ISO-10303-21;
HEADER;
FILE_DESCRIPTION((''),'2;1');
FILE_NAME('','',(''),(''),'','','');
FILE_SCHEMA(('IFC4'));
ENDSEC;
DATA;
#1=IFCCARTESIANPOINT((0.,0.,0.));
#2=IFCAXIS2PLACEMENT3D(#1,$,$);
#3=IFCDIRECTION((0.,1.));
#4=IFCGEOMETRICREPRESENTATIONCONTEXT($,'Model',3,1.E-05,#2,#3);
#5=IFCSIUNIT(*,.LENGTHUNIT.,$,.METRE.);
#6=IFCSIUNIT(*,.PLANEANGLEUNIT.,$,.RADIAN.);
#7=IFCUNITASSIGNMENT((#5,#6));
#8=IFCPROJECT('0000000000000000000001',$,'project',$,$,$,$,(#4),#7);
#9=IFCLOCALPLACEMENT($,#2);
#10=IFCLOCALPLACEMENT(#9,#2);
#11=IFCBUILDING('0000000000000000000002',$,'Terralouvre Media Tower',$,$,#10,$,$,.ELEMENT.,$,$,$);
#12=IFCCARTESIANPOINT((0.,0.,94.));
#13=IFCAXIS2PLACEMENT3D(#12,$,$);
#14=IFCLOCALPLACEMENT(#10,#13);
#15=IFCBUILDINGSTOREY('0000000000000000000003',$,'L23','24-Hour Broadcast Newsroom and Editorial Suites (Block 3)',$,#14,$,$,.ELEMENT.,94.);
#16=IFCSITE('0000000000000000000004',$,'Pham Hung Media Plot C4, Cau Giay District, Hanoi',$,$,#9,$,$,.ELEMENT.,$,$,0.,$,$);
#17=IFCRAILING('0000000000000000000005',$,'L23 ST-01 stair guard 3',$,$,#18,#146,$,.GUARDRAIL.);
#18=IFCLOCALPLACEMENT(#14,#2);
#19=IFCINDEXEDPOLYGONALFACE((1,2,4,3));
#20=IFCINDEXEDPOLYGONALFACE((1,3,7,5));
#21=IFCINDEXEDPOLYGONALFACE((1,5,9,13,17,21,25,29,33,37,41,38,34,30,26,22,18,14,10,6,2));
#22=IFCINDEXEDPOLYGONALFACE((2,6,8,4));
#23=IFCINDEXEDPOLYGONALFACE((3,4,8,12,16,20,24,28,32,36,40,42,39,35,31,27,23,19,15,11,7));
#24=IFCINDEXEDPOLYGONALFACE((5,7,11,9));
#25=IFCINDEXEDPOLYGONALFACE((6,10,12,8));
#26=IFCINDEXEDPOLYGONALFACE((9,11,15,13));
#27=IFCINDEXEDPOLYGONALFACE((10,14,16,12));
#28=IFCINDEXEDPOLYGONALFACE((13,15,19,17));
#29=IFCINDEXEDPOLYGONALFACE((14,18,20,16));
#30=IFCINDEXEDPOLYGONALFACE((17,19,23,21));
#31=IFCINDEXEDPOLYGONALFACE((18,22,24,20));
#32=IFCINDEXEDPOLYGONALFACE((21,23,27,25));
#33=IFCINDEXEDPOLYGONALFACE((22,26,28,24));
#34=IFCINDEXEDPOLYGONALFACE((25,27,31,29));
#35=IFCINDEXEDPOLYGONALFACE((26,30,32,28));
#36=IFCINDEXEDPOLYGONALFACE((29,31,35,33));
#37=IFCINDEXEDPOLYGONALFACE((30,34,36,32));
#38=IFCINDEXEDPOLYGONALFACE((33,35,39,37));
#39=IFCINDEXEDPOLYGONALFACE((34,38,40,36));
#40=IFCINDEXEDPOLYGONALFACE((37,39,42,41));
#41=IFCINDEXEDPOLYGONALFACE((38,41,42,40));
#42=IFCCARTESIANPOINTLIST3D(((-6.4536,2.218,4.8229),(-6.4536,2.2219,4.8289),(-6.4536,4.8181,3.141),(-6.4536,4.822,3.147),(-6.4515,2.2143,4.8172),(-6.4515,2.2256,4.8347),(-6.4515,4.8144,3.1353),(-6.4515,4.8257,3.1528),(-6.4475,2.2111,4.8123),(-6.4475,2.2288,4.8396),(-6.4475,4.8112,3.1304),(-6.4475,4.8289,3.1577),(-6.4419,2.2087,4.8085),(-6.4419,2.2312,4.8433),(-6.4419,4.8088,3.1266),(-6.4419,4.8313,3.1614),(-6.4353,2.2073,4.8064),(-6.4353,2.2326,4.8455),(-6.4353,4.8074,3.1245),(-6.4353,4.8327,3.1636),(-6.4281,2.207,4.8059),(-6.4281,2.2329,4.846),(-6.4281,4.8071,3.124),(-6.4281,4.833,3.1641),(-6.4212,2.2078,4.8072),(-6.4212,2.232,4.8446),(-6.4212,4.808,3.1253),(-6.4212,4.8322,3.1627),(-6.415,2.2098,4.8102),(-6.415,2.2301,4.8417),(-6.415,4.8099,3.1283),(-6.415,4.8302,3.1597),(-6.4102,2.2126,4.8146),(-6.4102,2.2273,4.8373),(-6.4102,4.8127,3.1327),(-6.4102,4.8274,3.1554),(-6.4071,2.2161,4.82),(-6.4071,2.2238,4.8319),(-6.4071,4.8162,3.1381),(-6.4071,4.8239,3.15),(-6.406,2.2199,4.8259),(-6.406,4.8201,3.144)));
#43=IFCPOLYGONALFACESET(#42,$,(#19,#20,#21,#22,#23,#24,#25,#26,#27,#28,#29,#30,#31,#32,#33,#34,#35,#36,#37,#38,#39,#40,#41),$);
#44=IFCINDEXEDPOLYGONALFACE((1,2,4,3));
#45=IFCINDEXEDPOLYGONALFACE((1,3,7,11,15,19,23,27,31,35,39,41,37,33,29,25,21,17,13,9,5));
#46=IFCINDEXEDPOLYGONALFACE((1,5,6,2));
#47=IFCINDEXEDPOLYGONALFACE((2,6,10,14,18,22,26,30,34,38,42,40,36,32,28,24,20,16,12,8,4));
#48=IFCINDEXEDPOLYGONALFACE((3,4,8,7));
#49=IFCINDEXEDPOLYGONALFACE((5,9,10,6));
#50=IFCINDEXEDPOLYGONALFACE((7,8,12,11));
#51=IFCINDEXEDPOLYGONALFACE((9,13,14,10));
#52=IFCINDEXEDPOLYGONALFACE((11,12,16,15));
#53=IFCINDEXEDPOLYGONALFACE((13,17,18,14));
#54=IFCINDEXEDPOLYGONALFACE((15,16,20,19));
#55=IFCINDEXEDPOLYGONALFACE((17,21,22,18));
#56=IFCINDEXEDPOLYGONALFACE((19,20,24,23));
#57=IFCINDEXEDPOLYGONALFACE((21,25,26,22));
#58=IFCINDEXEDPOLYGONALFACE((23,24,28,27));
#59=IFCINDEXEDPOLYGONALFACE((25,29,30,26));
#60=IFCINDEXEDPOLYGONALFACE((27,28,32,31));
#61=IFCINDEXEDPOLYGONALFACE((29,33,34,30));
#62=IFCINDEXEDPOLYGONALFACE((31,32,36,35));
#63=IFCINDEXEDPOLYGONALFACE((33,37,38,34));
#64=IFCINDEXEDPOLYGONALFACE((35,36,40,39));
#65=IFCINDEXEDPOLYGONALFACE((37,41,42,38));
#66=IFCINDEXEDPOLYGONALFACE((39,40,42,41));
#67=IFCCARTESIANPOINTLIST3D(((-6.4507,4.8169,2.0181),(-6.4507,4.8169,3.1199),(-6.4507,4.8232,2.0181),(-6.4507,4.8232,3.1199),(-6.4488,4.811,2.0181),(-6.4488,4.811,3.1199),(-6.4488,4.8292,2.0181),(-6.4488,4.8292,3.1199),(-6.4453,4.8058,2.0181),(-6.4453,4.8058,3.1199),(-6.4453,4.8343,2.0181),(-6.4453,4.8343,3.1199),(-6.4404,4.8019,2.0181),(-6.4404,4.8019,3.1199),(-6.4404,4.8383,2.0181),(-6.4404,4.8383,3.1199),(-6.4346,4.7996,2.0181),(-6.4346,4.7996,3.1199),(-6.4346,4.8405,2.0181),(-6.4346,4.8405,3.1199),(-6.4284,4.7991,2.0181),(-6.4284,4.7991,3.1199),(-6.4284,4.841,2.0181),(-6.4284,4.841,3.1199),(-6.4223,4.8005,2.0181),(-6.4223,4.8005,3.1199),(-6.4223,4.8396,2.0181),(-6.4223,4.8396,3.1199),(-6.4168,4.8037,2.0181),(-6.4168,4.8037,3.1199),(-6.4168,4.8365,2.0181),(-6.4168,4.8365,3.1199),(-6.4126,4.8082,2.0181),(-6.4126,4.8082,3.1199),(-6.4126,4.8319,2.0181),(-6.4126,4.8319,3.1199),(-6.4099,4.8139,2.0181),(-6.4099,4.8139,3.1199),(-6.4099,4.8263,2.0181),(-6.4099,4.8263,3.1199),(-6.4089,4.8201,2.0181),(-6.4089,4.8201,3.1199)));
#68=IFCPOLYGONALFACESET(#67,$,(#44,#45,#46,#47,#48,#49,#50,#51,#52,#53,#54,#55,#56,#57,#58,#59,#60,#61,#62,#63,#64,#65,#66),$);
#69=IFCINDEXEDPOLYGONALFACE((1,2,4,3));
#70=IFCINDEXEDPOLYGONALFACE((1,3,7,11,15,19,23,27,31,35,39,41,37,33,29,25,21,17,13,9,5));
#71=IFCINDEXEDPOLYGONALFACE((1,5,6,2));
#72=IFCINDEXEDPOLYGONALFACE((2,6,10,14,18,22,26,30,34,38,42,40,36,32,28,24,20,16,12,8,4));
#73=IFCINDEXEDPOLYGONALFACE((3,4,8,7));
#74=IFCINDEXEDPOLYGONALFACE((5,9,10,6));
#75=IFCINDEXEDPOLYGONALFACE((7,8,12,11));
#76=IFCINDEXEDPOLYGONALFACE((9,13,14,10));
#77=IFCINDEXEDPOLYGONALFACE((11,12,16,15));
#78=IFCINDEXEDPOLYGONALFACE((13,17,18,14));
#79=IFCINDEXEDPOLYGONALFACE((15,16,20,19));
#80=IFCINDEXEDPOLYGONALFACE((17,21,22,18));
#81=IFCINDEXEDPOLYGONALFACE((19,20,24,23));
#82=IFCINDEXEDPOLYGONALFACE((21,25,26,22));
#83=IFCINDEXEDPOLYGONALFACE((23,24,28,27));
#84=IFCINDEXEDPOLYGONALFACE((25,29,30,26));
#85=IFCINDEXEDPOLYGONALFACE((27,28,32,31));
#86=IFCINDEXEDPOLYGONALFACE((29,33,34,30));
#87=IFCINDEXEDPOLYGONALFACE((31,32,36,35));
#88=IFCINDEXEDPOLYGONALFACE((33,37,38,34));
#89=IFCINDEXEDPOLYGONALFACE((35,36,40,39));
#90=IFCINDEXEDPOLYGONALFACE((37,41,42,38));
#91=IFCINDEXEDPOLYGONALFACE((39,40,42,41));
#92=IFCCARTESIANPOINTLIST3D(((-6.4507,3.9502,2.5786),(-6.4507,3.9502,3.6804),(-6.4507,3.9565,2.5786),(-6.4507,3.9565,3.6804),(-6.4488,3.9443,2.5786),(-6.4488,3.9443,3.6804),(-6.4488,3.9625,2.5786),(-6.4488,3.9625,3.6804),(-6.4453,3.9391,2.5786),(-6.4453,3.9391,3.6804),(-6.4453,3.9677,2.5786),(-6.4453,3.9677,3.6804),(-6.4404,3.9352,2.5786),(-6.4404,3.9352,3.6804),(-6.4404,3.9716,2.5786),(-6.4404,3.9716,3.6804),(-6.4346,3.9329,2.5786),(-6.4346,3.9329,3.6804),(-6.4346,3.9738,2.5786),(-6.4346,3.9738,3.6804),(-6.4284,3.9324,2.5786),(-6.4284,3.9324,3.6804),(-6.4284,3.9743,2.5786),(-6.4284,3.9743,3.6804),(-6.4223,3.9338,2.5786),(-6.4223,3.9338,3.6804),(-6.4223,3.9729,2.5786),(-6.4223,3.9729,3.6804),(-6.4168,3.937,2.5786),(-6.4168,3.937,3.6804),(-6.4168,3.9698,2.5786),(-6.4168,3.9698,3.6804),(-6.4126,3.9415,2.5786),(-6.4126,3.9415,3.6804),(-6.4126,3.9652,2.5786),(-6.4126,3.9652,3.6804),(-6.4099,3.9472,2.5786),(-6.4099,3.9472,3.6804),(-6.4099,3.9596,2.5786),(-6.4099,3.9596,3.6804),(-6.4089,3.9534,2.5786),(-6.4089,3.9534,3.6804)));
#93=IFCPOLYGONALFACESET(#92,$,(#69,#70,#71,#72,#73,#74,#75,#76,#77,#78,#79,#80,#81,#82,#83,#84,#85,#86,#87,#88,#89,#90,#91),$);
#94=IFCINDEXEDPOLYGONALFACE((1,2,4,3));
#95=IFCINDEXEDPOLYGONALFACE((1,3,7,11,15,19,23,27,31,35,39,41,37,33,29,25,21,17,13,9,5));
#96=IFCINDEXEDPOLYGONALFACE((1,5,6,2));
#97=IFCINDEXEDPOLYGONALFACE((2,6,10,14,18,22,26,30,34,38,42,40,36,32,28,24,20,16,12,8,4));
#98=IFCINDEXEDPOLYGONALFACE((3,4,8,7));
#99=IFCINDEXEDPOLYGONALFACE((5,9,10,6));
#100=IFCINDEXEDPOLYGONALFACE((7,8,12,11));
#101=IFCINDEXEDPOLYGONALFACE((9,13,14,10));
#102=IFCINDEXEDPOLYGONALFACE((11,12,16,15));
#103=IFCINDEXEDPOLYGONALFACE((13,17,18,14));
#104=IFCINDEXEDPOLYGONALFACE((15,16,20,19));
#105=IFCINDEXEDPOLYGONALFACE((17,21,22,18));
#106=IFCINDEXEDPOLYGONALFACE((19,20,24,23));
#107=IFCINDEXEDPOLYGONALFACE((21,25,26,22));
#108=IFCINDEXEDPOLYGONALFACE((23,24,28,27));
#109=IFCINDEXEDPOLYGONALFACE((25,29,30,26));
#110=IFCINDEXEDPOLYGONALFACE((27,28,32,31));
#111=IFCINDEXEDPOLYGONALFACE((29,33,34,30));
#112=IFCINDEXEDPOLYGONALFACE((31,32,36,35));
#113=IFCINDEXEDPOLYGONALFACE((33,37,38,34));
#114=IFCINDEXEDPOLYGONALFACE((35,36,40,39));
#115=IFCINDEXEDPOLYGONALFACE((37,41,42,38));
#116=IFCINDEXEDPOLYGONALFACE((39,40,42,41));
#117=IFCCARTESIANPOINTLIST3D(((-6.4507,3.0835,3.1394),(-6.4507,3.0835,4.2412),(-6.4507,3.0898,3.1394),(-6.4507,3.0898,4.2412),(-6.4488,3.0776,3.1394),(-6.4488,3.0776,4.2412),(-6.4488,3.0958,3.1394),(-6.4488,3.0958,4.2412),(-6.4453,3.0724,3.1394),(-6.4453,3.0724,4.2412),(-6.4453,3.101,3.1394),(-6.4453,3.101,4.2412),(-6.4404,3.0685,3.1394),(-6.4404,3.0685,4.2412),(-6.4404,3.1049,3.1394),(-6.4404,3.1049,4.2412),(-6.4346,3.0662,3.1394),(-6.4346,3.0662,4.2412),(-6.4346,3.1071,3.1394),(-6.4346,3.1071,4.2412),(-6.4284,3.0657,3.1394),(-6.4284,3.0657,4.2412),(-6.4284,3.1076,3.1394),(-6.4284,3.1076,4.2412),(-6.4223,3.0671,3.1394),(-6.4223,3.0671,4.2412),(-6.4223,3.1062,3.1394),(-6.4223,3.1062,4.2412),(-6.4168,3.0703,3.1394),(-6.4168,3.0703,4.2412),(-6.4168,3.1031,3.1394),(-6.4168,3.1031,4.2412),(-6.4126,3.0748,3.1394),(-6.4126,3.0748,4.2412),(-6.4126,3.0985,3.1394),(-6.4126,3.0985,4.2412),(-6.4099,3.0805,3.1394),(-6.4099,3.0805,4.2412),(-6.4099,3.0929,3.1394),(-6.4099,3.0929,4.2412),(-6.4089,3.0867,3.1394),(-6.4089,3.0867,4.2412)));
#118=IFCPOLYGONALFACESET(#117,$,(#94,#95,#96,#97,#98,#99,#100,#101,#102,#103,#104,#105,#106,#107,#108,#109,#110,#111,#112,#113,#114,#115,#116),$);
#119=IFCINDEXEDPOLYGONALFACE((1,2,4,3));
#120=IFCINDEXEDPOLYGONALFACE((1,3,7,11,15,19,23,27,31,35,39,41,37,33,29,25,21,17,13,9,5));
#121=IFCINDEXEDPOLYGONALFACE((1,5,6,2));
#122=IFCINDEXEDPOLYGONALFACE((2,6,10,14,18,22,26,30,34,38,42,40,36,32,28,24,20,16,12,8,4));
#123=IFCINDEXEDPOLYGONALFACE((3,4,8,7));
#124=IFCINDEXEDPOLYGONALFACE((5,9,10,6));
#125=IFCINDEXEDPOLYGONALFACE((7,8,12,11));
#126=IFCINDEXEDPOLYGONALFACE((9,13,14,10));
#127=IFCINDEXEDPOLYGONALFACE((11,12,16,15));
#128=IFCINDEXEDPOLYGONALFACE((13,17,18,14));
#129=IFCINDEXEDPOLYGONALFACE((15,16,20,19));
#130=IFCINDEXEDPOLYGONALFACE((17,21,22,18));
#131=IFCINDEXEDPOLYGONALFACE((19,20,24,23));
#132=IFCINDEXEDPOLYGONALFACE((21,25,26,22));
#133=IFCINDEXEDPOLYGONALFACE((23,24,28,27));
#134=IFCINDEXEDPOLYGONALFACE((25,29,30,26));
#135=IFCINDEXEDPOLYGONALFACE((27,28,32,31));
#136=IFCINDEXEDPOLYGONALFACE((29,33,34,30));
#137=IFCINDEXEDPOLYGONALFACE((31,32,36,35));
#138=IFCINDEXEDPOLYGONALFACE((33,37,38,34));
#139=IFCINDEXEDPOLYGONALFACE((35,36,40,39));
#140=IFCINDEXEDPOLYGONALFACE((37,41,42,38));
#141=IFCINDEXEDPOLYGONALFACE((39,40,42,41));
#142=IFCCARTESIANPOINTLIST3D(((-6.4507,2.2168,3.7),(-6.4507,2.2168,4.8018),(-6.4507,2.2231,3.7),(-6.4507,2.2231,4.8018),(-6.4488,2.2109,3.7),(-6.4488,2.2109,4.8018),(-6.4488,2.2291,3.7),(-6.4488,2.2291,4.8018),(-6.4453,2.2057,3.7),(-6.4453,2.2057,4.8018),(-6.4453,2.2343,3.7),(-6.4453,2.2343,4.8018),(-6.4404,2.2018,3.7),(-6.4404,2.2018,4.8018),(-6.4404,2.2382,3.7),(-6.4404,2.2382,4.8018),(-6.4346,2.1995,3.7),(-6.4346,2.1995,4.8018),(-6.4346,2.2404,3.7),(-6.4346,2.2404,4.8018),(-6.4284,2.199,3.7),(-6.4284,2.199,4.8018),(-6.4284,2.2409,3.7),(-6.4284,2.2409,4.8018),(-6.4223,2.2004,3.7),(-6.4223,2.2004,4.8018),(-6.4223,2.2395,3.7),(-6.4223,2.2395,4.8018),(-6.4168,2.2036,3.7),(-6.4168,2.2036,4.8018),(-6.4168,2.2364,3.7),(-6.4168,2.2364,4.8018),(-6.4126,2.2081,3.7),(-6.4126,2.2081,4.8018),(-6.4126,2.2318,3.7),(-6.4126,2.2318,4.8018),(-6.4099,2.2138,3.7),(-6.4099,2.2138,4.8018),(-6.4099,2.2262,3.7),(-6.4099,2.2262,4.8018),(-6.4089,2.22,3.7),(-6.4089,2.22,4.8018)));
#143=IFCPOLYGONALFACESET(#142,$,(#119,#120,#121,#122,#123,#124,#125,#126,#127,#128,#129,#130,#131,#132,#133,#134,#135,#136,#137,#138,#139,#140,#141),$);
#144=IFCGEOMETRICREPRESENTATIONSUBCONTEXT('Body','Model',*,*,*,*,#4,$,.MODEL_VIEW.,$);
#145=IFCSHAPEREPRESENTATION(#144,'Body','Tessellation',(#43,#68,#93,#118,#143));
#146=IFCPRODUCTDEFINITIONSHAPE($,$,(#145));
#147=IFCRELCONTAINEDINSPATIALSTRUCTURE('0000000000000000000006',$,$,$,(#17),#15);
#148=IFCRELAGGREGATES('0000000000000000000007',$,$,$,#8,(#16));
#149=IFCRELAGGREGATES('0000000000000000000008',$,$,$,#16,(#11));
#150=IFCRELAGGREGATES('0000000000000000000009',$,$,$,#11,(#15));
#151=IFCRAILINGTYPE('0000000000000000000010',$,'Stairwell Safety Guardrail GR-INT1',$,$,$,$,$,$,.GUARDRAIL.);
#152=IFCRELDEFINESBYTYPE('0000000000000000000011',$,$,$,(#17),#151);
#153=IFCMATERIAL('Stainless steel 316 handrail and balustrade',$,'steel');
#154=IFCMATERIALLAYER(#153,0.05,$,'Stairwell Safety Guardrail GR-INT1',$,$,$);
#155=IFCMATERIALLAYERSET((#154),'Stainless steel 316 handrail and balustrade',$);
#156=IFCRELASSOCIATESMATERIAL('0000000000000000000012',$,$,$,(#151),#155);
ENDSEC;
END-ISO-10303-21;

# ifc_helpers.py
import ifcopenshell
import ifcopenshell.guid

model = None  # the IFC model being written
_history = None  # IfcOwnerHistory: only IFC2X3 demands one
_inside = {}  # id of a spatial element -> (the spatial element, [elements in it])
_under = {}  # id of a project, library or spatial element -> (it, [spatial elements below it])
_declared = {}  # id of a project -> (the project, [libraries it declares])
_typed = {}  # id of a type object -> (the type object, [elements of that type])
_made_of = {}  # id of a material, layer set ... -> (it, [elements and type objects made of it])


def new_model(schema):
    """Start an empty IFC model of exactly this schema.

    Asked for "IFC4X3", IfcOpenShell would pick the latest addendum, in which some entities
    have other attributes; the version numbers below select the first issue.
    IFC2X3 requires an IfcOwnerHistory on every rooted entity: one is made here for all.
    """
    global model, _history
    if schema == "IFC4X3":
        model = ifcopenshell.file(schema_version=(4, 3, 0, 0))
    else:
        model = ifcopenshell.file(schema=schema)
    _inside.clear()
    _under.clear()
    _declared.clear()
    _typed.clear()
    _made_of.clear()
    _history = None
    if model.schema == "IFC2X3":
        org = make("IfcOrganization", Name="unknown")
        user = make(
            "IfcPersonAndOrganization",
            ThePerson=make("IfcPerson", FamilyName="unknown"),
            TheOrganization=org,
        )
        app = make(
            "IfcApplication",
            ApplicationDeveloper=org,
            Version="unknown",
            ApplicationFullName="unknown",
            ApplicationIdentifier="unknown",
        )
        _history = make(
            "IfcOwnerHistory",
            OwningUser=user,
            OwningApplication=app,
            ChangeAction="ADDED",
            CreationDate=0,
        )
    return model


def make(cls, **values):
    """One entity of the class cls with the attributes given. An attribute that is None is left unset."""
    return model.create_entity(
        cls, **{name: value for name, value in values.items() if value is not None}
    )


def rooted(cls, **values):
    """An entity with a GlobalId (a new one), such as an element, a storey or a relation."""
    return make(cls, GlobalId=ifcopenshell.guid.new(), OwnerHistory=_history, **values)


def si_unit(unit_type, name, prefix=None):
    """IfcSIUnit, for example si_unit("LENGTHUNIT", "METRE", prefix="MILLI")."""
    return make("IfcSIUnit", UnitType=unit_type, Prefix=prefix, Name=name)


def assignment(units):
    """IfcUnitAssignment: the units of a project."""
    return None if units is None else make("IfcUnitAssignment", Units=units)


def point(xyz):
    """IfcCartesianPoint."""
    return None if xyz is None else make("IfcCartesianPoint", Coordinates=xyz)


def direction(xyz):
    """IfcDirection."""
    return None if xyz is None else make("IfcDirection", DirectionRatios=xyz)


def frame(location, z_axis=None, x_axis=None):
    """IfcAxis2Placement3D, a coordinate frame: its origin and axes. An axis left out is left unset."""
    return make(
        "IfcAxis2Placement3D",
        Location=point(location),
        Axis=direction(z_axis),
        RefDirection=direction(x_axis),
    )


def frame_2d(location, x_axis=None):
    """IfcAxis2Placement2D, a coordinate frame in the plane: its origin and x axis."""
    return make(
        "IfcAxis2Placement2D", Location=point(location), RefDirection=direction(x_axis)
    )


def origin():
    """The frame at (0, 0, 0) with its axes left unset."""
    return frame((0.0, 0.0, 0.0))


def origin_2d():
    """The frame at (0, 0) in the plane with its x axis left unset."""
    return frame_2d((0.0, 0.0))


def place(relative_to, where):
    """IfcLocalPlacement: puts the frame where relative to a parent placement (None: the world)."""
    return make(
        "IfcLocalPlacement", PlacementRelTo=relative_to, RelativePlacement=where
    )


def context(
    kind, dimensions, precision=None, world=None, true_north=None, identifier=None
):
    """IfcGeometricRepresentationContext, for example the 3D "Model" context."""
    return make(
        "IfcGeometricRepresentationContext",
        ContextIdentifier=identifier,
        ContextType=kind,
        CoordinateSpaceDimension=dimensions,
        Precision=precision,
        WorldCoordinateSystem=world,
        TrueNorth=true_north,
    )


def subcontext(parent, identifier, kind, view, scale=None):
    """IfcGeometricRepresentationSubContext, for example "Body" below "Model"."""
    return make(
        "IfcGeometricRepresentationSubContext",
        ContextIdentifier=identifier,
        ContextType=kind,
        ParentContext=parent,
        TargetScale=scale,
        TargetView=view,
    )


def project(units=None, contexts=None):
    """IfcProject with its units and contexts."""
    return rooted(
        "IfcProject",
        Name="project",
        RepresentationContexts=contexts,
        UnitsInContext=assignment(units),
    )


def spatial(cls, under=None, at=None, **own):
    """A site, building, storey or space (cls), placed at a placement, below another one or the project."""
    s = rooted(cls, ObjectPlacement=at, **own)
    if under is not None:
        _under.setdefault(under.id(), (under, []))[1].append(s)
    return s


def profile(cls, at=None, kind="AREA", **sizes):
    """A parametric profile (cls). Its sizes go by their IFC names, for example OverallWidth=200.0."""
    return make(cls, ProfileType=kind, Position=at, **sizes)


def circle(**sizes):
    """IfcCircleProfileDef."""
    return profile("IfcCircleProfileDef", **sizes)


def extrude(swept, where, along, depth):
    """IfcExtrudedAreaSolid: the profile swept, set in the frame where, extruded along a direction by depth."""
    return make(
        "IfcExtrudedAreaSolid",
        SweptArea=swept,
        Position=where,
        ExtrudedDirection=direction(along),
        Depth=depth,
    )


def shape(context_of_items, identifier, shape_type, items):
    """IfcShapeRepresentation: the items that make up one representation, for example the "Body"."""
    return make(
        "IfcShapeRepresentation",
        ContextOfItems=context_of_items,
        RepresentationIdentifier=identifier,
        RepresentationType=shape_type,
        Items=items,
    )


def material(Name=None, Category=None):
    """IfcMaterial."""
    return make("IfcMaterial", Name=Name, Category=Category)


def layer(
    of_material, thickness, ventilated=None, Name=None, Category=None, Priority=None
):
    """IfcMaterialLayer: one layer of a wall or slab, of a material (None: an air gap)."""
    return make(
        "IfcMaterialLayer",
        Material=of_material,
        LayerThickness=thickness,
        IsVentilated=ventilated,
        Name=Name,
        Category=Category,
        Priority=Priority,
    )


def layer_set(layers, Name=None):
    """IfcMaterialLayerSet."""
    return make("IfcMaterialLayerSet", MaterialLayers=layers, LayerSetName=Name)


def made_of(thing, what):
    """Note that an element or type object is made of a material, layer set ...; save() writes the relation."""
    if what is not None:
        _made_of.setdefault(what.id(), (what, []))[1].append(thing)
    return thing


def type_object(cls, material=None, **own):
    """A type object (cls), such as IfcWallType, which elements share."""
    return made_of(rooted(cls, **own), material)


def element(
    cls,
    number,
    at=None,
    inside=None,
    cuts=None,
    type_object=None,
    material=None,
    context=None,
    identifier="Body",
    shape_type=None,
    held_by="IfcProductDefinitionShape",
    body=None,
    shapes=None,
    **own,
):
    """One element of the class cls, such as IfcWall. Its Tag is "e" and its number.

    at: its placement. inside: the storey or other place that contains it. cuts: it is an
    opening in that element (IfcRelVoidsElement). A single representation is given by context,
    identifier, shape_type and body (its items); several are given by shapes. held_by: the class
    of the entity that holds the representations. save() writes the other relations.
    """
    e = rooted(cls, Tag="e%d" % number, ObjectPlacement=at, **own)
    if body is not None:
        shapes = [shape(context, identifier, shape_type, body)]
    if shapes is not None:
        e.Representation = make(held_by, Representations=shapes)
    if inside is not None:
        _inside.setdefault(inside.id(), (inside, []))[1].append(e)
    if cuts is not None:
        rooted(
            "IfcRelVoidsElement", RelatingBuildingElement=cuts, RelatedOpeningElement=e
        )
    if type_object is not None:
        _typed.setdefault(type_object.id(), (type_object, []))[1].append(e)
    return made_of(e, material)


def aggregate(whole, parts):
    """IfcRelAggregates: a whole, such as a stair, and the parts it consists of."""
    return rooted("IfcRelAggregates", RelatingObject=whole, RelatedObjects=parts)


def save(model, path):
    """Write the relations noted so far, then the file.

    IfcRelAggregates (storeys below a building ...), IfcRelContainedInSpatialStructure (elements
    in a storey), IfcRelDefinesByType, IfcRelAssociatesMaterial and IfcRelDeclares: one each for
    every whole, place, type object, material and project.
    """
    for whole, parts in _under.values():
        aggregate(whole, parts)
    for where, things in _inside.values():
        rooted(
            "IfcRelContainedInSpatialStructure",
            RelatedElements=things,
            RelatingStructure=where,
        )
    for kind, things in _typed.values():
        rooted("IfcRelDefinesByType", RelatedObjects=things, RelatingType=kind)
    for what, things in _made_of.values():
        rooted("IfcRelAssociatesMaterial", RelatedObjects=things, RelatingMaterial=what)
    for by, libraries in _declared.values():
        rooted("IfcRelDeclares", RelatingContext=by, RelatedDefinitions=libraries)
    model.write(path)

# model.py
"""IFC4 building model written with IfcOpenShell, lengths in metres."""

from ifc_helpers import new_model, si_unit, direction, frame, origin, origin_2d, place, context, subcontext, project, spatial, circle, extrude, material, layer, layer_set, type_object, element, save


model = new_model("IFC4")

# Units and contexts
model_context = context("Model", 3, precision=1e-05, world=origin(), true_north=direction((0.0, 1.0)))
body_context = subcontext(model_context, "Body", "Model", "MODEL_VIEW")
ifc_project = project(units=[si_unit("LENGTHUNIT", "METRE"), si_unit("PLANEANGLEUNIT", "RADIAN")], contexts=[model_context])

# Site, building, storey
site_placement = place(None, origin())
site = spatial("IfcSite", under=ifc_project, at=site_placement, Name="Pham Hung Media Plot C4, Cau Giay District, Hanoi", CompositionType="ELEMENT", RefElevation=0.0)
building_placement = place(site_placement, origin())
building = spatial("IfcBuilding", under=site, at=building_placement, Name="Terralouvre Media Tower", CompositionType="ELEMENT")
storey_placement = place(building_placement, frame((0.0, 0.0, 94.0)))
storey = spatial("IfcBuildingStorey", under=building, at=storey_placement, Name="L23", Description="24-Hour Broadcast Newsroom and Editorial Suites (Block 3)", CompositionType="ELEMENT", Elevation=94.0)

# Railing
ifc_material_1 = material(Name="Stainless steel 316 handrail and balustrade", Category="steel")
ifc_layer_1 = layer(ifc_material_1, 0.05, Name="Stairwell Safety Guardrail GR-INT1")
ifc_layer_set_1 = layer_set([ifc_layer_1], Name="Stainless steel 316 handrail and balustrade")
railing_type_1 = type_object("IfcRailingType", Name="Stairwell Safety Guardrail GR-INT1", PredefinedType="GUARDRAIL", material=ifc_layer_set_1)
railing_1_placement = place(storey_placement, frame((-6.4299, 4.8201, 2.0181)))
element("IfcRailing", 1, at=railing_1_placement, inside=storey, type_object=railing_type_1, Name="L23 ST-01 stair guard 3", PredefinedType="GUARDRAIL", context=body_context, shape_type="SweptSolid", body=[
    extrude(circle(Radius=0.0239, at=origin_2d()), frame((0.0, 0.0, 1.126), z_axis=(0.0, -0.839648, 0.54313), x_axis=(1.0, 0.0, 0.0)), (0.0, 0.0, 1.0), 3.0967),
    extrude(circle(Radius=0.021, at=origin_2d()), origin(), (0.0, 0.0, 1.0), 1.1018),
    extrude(circle(Radius=0.021, at=origin_2d()), frame((0.0, -0.8667, 0.5605)), (0.0, 0.0, 1.0), 1.1018),
    extrude(circle(Radius=0.021, at=origin_2d()), frame((0.0, -1.7334, 1.1213)), (0.0, 0.0, 1.0), 1.1018),
    extrude(circle(Radius=0.021, at=origin_2d()), frame((0.0, -2.6001, 1.6819)), (0.0, 0.0, 1.0), 1.1018),
])

save(model, "model.ifc")
